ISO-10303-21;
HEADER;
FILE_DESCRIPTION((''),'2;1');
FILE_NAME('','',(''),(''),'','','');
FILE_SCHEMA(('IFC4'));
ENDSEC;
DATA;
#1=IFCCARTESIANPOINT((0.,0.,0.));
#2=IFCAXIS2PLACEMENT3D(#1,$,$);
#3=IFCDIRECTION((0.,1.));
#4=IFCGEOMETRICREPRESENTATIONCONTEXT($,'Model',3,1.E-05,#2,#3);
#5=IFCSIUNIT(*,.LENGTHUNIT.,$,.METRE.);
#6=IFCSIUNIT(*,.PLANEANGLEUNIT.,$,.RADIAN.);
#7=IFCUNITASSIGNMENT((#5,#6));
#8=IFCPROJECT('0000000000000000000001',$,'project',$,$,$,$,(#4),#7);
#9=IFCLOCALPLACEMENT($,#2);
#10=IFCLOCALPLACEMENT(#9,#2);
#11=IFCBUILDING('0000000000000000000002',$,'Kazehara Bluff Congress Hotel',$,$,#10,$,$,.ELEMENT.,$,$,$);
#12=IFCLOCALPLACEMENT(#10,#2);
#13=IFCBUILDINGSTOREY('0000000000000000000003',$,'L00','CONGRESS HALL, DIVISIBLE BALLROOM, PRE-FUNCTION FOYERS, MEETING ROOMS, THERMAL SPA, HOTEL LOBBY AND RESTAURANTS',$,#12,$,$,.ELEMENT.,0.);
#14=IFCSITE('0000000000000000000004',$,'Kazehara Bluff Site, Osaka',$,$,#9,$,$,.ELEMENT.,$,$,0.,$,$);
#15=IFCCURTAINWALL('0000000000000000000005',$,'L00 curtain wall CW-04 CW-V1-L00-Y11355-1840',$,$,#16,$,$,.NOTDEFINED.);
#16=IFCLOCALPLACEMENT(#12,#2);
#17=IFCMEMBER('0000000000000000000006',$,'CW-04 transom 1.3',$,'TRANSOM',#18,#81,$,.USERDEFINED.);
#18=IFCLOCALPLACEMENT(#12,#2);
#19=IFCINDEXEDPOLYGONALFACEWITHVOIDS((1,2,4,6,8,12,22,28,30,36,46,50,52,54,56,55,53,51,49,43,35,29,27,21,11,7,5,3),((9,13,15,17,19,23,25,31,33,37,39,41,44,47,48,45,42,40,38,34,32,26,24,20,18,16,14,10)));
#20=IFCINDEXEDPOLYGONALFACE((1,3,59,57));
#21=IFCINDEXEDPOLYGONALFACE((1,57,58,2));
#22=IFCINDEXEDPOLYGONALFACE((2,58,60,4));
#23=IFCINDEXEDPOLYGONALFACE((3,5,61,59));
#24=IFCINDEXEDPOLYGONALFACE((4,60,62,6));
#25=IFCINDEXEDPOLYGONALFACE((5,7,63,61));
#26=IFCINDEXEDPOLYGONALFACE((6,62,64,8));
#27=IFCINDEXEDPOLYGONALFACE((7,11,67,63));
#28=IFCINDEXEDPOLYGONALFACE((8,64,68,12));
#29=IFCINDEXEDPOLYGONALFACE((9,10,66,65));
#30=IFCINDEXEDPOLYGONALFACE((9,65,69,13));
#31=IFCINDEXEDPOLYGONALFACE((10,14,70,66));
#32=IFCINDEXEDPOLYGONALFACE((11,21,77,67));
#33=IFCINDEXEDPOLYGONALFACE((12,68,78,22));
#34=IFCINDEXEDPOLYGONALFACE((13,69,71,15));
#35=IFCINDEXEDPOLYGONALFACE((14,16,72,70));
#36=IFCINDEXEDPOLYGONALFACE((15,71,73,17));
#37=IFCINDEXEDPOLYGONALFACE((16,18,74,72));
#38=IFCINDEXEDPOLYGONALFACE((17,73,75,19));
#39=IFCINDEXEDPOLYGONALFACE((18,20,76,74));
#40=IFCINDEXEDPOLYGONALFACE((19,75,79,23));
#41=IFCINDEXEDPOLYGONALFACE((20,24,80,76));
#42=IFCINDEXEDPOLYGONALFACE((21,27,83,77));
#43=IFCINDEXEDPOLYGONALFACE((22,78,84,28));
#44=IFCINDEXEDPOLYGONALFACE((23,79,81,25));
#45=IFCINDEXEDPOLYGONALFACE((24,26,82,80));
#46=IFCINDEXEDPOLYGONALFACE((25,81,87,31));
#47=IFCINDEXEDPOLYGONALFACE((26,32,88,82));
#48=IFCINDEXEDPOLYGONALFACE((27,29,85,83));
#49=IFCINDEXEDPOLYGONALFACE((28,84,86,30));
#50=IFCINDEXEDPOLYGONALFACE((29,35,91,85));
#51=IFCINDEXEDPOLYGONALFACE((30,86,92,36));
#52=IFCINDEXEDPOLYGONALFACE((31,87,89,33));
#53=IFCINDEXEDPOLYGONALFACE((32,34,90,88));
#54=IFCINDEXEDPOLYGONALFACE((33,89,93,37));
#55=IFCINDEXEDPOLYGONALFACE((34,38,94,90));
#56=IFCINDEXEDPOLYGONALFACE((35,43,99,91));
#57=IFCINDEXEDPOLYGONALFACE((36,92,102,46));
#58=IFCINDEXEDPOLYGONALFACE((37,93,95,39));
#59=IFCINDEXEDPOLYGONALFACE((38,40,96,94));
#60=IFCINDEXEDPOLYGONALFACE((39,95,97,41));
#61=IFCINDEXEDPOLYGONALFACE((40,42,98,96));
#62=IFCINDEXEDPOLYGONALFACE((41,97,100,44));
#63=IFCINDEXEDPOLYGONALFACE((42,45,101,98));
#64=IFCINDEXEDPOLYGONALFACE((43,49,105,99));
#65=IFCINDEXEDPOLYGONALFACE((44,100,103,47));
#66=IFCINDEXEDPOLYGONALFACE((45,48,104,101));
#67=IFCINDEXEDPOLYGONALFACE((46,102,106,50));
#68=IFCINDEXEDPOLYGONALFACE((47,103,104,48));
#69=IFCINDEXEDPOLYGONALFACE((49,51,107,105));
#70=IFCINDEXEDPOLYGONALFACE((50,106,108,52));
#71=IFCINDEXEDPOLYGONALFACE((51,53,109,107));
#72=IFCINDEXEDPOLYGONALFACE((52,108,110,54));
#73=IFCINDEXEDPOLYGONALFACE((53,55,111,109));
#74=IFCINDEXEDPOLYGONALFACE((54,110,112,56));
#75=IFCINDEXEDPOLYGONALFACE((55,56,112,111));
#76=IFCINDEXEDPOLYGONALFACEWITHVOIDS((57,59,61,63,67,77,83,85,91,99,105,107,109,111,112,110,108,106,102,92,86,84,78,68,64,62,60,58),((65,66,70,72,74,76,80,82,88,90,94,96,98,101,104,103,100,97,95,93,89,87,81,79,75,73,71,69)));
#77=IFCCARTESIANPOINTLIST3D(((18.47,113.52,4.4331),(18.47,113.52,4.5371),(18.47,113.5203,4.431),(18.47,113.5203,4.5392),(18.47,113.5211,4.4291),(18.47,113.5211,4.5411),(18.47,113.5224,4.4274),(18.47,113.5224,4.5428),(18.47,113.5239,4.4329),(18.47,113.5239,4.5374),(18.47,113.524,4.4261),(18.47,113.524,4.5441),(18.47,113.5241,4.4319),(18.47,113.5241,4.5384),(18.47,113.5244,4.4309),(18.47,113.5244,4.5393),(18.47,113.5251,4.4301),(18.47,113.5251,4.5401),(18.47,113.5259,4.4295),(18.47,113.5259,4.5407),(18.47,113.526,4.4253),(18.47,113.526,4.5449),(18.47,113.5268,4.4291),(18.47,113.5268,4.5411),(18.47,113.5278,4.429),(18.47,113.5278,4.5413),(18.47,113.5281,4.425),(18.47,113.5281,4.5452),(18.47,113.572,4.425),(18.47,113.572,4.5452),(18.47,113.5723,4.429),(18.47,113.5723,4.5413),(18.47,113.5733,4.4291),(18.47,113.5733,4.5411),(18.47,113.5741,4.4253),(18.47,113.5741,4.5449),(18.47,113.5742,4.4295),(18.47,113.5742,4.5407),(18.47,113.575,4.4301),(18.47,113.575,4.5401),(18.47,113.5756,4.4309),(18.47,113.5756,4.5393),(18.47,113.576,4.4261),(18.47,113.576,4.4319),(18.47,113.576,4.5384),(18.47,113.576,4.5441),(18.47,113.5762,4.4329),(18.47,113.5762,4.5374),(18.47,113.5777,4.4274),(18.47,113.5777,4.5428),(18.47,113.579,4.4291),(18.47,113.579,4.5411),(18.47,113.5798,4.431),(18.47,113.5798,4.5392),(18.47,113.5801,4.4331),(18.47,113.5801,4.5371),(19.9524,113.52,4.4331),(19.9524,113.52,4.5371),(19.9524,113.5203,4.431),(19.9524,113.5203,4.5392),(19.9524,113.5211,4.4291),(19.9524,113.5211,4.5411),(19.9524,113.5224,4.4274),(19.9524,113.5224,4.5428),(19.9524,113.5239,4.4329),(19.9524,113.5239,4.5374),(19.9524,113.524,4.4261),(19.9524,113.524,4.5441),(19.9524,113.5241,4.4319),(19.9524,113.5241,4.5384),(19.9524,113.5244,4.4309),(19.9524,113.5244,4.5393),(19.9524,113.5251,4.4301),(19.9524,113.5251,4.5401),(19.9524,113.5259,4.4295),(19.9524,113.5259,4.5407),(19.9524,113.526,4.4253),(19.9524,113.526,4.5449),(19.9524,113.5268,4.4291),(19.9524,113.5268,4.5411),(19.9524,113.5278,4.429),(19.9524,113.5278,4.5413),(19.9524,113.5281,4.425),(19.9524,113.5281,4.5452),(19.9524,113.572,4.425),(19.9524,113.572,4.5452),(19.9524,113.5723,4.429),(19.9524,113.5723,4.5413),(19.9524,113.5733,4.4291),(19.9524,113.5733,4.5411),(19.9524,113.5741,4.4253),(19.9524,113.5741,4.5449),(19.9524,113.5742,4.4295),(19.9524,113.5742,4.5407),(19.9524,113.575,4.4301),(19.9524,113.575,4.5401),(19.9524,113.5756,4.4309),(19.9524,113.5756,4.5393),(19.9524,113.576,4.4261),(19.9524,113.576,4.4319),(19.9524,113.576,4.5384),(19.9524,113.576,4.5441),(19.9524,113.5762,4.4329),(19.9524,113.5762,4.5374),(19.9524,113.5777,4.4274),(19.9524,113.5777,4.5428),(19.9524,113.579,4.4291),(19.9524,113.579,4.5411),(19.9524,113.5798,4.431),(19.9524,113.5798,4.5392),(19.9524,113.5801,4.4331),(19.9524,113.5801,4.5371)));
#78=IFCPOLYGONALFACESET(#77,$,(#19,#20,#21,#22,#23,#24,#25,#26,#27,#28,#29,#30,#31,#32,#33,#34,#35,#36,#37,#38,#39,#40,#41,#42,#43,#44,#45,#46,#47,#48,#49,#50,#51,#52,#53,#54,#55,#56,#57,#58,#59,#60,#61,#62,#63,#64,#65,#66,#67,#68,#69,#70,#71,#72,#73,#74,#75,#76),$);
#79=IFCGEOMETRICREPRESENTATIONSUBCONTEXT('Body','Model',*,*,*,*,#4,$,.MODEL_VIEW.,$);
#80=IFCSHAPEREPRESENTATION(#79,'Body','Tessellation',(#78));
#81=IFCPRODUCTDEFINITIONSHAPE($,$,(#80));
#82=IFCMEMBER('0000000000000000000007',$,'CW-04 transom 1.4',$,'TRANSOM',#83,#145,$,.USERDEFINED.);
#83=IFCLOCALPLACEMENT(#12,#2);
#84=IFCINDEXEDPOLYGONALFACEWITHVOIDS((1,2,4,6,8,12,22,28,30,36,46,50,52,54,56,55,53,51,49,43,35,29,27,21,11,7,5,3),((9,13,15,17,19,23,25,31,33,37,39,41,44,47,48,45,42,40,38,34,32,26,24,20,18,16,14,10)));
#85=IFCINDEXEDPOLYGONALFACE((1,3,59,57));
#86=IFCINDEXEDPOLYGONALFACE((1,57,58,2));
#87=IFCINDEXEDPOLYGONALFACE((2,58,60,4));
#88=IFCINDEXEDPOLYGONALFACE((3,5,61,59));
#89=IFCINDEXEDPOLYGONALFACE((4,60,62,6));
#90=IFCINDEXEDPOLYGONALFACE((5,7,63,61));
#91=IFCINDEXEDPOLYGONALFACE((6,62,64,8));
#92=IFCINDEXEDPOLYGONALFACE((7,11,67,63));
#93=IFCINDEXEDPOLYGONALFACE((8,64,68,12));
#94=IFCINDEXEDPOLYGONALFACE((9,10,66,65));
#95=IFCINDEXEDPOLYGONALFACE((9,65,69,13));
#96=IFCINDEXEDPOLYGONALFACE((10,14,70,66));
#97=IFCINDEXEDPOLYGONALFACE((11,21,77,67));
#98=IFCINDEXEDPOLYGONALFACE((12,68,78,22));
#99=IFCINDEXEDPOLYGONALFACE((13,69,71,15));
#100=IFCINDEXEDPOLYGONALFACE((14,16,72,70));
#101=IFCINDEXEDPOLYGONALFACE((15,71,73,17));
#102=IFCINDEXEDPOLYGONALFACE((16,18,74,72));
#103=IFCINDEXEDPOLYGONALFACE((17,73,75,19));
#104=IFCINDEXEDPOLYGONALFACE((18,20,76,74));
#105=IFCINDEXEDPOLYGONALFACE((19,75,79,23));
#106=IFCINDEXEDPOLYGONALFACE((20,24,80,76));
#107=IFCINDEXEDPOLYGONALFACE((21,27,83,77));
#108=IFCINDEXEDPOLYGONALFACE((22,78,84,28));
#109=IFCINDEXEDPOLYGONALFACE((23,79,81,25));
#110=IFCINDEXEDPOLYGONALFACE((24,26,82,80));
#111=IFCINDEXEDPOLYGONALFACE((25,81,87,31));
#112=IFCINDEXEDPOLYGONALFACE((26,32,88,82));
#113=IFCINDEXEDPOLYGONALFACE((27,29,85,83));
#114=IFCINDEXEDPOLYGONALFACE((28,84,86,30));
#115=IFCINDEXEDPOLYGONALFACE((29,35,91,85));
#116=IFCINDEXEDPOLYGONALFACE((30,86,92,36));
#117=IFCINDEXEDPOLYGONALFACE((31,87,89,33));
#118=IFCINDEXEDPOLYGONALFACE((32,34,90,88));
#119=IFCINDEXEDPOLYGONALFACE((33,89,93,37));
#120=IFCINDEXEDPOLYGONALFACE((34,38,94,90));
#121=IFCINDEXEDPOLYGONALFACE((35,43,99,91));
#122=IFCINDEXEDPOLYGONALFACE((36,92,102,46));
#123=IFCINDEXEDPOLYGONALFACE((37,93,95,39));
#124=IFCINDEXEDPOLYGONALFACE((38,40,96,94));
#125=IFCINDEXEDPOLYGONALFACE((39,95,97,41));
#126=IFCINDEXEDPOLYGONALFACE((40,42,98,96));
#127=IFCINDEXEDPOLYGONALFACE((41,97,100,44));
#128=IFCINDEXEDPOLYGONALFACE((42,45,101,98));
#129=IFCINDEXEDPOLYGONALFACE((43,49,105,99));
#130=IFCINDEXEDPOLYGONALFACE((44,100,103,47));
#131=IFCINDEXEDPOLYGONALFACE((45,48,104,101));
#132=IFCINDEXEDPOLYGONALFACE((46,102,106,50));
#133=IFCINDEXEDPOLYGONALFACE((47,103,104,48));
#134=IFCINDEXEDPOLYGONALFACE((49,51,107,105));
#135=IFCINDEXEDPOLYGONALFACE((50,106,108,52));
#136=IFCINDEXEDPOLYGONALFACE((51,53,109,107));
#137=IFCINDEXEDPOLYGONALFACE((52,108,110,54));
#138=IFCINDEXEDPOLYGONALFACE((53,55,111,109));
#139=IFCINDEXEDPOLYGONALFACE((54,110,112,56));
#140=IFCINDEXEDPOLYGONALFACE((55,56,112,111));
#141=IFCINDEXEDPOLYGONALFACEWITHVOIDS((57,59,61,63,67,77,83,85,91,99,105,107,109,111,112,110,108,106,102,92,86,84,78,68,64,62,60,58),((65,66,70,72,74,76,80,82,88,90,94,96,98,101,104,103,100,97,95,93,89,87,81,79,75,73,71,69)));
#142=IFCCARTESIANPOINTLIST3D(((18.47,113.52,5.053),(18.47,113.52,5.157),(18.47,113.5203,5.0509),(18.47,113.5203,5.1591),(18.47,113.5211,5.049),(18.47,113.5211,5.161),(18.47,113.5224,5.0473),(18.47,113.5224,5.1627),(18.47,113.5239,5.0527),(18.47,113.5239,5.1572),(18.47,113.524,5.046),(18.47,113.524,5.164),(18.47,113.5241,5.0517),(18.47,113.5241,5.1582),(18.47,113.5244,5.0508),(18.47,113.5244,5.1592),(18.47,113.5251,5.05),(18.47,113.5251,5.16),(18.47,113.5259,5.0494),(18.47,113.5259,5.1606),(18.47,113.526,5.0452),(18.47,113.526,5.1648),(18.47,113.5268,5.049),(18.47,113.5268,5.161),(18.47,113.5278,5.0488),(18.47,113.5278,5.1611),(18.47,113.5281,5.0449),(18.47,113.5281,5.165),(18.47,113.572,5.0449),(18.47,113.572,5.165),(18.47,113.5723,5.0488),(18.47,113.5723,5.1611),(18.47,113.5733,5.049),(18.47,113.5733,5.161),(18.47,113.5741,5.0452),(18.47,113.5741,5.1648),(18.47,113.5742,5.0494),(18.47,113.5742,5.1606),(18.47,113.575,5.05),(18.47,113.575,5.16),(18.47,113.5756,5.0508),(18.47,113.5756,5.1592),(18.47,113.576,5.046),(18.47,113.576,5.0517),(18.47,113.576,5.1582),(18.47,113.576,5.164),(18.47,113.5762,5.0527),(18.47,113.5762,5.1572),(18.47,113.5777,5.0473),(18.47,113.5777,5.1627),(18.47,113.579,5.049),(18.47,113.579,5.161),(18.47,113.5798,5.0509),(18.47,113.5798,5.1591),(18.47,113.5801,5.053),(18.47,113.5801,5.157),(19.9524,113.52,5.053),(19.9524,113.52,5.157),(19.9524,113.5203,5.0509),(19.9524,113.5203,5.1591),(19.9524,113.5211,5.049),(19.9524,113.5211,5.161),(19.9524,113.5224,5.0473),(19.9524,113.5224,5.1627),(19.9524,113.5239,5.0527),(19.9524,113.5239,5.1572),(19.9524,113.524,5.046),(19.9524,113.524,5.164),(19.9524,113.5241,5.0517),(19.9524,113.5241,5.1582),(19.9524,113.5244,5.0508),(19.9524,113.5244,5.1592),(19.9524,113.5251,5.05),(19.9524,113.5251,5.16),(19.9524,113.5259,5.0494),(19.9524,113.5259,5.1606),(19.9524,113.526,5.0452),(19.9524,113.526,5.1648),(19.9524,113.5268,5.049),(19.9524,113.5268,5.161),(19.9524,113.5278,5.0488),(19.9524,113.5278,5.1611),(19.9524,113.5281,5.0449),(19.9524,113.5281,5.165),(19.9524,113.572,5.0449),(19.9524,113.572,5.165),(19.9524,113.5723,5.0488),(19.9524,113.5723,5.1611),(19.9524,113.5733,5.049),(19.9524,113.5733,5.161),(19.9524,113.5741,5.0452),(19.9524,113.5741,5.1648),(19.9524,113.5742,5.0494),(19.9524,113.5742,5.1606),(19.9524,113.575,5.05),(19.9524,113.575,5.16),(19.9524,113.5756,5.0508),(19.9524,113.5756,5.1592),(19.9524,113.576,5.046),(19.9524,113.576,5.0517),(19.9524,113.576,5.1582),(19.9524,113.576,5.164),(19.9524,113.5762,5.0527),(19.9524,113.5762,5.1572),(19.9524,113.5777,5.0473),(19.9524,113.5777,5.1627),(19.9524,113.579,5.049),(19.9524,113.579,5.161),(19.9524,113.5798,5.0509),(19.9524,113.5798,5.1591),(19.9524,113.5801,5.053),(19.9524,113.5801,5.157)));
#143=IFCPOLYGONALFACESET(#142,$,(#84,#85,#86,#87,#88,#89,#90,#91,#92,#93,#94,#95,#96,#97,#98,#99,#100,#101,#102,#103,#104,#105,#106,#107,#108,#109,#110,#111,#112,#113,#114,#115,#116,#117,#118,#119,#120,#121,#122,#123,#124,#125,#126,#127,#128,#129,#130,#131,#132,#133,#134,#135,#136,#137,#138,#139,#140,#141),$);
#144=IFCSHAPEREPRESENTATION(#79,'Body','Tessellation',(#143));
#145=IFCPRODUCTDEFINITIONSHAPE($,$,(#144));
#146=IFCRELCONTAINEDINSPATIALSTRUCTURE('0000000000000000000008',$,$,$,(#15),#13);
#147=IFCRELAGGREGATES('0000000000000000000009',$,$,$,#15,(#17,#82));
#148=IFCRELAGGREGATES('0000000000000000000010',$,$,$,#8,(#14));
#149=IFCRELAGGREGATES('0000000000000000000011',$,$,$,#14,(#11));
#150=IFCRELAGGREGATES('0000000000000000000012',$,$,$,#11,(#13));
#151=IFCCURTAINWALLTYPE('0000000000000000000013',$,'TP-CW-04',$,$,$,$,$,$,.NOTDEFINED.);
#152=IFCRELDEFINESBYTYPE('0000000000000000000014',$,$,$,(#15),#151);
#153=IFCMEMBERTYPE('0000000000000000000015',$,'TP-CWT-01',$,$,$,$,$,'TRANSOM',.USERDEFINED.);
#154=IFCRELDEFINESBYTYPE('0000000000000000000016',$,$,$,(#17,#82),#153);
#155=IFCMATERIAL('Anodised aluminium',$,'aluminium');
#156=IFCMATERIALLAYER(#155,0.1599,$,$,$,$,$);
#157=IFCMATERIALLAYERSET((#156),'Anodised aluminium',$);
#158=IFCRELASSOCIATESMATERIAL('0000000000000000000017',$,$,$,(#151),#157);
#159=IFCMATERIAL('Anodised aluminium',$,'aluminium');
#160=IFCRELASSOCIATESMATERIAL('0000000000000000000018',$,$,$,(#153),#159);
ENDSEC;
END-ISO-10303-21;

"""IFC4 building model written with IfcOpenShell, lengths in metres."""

from ifc_helpers import new_model, si_unit, direction, frame, origin, origin_2d, place, context, subcontext, project, spatial, hollow_rectangle, extrude, material, layer, layer_set, material_profile, profile_set, type_object, element, aggregate, save


model = new_model("IFC4")

# Units and contexts
model_context = context("Model", 3, precision=1e-05, world=origin(), true_north=direction((0.0, 1.0)))
body_context = subcontext(model_context, "Body", "Model", "MODEL_VIEW")
ifc_project = project(units=[si_unit("LENGTHUNIT", "METRE"), si_unit("PLANEANGLEUNIT", "RADIAN")], contexts=[model_context])

# Site, building, storey
site_placement = place(None, origin())
site = spatial("IfcSite", under=ifc_project, at=site_placement, Name="Kazehara Bluff Site, Osaka", CompositionType="ELEMENT", RefElevation=0.0)
building_placement = place(site_placement, origin())
building = spatial("IfcBuilding", under=site, at=building_placement, Name="Kazehara Bluff Congress Hotel", CompositionType="ELEMENT")
storey_placement = place(building_placement, origin())
storey = spatial("IfcBuildingStorey", under=building, at=storey_placement, Name="L00", Description="CONGRESS HALL, DIVISIBLE BALLROOM, PRE-FUNCTION FOYERS, MEETING ROOMS, THERMAL SPA, HOTEL LOBBY AND RESTAURANTS", CompositionType="ELEMENT", Elevation=0.0)

# Curtain wall, members
ifc_material_1 = material(Name="Anodised aluminium", Category="aluminium")
ifc_layer_1 = layer(ifc_material_1, 0.1599)
ifc_layer_set_1 = layer_set([ifc_layer_1], Name="Anodised aluminium")
curtain_wall_type = type_object("IfcCurtainWallType", Name="TP-CW-04", PredefinedType="NOTDEFINED", material=ifc_layer_set_1)
curtain_wall_placement = place(storey_placement, origin())
curtain_wall = element("IfcCurtainWall", 1, at=curtain_wall_placement, inside=storey, type_object=curtain_wall_type, Name="L00 curtain wall CW-04 CW-V1-L00-Y11355-1840", PredefinedType="NOTDEFINED")
ifc_material_2 = material(Name="Anodised aluminium", Category="aluminium")
ifc_material_profile_1 = material_profile(ifc_material_2, hollow_rectangle(XDim=0.0601, YDim=0.1201, WallThickness=0.0039, InnerFilletRadius=0.0039, OuterFilletRadius=0.0081, at=origin_2d()))
ifc_profile_set_1 = profile_set([ifc_material_profile_1], Name="Anodised aluminium")
member_type_1 = type_object("IfcMemberType", Name="TP-CWT-01", ElementType="TRANSOM", PredefinedType="USERDEFINED", material=ifc_profile_set_1)
member_1_placement = place(storey_placement, frame((18.47, 113.55, 4.4851), z_axis=(1.0, 0.0, 0.0), x_axis=(0.0, 1.0, 0.0)))
member_1 = element("IfcMember", 2, at=member_1_placement, type_object=member_type_1, Name="CW-04 transom 1.3", ObjectType="TRANSOM", PredefinedType="USERDEFINED", context=body_context, shape_type="SweptSolid", body=[
    extrude(hollow_rectangle(XDim=0.0601, YDim=0.1201, WallThickness=0.0039, InnerFilletRadius=0.0039, OuterFilletRadius=0.0081, at=origin_2d()), origin(), (0.0, 0.0, 1.0), 1.4824),
])
member_2_placement = place(storey_placement, frame((18.47, 113.55, 5.105), z_axis=(1.0, 0.0, 0.0), x_axis=(0.0, 1.0, 0.0)))
member_2 = element("IfcMember", 3, at=member_2_placement, type_object=member_type_1, Name="CW-04 transom 1.4", ObjectType="TRANSOM", PredefinedType="USERDEFINED", context=body_context, shape_type="SweptSolid", body=[
    extrude(hollow_rectangle(XDim=0.0601, YDim=0.1201, WallThickness=0.0039, InnerFilletRadius=0.0039, OuterFilletRadius=0.0081, at=origin_2d()), origin(), (0.0, 0.0, 1.0), 1.4824),
])
aggregate(curtain_wall, [member_1, member_2])

save(model, "model.ifc")
